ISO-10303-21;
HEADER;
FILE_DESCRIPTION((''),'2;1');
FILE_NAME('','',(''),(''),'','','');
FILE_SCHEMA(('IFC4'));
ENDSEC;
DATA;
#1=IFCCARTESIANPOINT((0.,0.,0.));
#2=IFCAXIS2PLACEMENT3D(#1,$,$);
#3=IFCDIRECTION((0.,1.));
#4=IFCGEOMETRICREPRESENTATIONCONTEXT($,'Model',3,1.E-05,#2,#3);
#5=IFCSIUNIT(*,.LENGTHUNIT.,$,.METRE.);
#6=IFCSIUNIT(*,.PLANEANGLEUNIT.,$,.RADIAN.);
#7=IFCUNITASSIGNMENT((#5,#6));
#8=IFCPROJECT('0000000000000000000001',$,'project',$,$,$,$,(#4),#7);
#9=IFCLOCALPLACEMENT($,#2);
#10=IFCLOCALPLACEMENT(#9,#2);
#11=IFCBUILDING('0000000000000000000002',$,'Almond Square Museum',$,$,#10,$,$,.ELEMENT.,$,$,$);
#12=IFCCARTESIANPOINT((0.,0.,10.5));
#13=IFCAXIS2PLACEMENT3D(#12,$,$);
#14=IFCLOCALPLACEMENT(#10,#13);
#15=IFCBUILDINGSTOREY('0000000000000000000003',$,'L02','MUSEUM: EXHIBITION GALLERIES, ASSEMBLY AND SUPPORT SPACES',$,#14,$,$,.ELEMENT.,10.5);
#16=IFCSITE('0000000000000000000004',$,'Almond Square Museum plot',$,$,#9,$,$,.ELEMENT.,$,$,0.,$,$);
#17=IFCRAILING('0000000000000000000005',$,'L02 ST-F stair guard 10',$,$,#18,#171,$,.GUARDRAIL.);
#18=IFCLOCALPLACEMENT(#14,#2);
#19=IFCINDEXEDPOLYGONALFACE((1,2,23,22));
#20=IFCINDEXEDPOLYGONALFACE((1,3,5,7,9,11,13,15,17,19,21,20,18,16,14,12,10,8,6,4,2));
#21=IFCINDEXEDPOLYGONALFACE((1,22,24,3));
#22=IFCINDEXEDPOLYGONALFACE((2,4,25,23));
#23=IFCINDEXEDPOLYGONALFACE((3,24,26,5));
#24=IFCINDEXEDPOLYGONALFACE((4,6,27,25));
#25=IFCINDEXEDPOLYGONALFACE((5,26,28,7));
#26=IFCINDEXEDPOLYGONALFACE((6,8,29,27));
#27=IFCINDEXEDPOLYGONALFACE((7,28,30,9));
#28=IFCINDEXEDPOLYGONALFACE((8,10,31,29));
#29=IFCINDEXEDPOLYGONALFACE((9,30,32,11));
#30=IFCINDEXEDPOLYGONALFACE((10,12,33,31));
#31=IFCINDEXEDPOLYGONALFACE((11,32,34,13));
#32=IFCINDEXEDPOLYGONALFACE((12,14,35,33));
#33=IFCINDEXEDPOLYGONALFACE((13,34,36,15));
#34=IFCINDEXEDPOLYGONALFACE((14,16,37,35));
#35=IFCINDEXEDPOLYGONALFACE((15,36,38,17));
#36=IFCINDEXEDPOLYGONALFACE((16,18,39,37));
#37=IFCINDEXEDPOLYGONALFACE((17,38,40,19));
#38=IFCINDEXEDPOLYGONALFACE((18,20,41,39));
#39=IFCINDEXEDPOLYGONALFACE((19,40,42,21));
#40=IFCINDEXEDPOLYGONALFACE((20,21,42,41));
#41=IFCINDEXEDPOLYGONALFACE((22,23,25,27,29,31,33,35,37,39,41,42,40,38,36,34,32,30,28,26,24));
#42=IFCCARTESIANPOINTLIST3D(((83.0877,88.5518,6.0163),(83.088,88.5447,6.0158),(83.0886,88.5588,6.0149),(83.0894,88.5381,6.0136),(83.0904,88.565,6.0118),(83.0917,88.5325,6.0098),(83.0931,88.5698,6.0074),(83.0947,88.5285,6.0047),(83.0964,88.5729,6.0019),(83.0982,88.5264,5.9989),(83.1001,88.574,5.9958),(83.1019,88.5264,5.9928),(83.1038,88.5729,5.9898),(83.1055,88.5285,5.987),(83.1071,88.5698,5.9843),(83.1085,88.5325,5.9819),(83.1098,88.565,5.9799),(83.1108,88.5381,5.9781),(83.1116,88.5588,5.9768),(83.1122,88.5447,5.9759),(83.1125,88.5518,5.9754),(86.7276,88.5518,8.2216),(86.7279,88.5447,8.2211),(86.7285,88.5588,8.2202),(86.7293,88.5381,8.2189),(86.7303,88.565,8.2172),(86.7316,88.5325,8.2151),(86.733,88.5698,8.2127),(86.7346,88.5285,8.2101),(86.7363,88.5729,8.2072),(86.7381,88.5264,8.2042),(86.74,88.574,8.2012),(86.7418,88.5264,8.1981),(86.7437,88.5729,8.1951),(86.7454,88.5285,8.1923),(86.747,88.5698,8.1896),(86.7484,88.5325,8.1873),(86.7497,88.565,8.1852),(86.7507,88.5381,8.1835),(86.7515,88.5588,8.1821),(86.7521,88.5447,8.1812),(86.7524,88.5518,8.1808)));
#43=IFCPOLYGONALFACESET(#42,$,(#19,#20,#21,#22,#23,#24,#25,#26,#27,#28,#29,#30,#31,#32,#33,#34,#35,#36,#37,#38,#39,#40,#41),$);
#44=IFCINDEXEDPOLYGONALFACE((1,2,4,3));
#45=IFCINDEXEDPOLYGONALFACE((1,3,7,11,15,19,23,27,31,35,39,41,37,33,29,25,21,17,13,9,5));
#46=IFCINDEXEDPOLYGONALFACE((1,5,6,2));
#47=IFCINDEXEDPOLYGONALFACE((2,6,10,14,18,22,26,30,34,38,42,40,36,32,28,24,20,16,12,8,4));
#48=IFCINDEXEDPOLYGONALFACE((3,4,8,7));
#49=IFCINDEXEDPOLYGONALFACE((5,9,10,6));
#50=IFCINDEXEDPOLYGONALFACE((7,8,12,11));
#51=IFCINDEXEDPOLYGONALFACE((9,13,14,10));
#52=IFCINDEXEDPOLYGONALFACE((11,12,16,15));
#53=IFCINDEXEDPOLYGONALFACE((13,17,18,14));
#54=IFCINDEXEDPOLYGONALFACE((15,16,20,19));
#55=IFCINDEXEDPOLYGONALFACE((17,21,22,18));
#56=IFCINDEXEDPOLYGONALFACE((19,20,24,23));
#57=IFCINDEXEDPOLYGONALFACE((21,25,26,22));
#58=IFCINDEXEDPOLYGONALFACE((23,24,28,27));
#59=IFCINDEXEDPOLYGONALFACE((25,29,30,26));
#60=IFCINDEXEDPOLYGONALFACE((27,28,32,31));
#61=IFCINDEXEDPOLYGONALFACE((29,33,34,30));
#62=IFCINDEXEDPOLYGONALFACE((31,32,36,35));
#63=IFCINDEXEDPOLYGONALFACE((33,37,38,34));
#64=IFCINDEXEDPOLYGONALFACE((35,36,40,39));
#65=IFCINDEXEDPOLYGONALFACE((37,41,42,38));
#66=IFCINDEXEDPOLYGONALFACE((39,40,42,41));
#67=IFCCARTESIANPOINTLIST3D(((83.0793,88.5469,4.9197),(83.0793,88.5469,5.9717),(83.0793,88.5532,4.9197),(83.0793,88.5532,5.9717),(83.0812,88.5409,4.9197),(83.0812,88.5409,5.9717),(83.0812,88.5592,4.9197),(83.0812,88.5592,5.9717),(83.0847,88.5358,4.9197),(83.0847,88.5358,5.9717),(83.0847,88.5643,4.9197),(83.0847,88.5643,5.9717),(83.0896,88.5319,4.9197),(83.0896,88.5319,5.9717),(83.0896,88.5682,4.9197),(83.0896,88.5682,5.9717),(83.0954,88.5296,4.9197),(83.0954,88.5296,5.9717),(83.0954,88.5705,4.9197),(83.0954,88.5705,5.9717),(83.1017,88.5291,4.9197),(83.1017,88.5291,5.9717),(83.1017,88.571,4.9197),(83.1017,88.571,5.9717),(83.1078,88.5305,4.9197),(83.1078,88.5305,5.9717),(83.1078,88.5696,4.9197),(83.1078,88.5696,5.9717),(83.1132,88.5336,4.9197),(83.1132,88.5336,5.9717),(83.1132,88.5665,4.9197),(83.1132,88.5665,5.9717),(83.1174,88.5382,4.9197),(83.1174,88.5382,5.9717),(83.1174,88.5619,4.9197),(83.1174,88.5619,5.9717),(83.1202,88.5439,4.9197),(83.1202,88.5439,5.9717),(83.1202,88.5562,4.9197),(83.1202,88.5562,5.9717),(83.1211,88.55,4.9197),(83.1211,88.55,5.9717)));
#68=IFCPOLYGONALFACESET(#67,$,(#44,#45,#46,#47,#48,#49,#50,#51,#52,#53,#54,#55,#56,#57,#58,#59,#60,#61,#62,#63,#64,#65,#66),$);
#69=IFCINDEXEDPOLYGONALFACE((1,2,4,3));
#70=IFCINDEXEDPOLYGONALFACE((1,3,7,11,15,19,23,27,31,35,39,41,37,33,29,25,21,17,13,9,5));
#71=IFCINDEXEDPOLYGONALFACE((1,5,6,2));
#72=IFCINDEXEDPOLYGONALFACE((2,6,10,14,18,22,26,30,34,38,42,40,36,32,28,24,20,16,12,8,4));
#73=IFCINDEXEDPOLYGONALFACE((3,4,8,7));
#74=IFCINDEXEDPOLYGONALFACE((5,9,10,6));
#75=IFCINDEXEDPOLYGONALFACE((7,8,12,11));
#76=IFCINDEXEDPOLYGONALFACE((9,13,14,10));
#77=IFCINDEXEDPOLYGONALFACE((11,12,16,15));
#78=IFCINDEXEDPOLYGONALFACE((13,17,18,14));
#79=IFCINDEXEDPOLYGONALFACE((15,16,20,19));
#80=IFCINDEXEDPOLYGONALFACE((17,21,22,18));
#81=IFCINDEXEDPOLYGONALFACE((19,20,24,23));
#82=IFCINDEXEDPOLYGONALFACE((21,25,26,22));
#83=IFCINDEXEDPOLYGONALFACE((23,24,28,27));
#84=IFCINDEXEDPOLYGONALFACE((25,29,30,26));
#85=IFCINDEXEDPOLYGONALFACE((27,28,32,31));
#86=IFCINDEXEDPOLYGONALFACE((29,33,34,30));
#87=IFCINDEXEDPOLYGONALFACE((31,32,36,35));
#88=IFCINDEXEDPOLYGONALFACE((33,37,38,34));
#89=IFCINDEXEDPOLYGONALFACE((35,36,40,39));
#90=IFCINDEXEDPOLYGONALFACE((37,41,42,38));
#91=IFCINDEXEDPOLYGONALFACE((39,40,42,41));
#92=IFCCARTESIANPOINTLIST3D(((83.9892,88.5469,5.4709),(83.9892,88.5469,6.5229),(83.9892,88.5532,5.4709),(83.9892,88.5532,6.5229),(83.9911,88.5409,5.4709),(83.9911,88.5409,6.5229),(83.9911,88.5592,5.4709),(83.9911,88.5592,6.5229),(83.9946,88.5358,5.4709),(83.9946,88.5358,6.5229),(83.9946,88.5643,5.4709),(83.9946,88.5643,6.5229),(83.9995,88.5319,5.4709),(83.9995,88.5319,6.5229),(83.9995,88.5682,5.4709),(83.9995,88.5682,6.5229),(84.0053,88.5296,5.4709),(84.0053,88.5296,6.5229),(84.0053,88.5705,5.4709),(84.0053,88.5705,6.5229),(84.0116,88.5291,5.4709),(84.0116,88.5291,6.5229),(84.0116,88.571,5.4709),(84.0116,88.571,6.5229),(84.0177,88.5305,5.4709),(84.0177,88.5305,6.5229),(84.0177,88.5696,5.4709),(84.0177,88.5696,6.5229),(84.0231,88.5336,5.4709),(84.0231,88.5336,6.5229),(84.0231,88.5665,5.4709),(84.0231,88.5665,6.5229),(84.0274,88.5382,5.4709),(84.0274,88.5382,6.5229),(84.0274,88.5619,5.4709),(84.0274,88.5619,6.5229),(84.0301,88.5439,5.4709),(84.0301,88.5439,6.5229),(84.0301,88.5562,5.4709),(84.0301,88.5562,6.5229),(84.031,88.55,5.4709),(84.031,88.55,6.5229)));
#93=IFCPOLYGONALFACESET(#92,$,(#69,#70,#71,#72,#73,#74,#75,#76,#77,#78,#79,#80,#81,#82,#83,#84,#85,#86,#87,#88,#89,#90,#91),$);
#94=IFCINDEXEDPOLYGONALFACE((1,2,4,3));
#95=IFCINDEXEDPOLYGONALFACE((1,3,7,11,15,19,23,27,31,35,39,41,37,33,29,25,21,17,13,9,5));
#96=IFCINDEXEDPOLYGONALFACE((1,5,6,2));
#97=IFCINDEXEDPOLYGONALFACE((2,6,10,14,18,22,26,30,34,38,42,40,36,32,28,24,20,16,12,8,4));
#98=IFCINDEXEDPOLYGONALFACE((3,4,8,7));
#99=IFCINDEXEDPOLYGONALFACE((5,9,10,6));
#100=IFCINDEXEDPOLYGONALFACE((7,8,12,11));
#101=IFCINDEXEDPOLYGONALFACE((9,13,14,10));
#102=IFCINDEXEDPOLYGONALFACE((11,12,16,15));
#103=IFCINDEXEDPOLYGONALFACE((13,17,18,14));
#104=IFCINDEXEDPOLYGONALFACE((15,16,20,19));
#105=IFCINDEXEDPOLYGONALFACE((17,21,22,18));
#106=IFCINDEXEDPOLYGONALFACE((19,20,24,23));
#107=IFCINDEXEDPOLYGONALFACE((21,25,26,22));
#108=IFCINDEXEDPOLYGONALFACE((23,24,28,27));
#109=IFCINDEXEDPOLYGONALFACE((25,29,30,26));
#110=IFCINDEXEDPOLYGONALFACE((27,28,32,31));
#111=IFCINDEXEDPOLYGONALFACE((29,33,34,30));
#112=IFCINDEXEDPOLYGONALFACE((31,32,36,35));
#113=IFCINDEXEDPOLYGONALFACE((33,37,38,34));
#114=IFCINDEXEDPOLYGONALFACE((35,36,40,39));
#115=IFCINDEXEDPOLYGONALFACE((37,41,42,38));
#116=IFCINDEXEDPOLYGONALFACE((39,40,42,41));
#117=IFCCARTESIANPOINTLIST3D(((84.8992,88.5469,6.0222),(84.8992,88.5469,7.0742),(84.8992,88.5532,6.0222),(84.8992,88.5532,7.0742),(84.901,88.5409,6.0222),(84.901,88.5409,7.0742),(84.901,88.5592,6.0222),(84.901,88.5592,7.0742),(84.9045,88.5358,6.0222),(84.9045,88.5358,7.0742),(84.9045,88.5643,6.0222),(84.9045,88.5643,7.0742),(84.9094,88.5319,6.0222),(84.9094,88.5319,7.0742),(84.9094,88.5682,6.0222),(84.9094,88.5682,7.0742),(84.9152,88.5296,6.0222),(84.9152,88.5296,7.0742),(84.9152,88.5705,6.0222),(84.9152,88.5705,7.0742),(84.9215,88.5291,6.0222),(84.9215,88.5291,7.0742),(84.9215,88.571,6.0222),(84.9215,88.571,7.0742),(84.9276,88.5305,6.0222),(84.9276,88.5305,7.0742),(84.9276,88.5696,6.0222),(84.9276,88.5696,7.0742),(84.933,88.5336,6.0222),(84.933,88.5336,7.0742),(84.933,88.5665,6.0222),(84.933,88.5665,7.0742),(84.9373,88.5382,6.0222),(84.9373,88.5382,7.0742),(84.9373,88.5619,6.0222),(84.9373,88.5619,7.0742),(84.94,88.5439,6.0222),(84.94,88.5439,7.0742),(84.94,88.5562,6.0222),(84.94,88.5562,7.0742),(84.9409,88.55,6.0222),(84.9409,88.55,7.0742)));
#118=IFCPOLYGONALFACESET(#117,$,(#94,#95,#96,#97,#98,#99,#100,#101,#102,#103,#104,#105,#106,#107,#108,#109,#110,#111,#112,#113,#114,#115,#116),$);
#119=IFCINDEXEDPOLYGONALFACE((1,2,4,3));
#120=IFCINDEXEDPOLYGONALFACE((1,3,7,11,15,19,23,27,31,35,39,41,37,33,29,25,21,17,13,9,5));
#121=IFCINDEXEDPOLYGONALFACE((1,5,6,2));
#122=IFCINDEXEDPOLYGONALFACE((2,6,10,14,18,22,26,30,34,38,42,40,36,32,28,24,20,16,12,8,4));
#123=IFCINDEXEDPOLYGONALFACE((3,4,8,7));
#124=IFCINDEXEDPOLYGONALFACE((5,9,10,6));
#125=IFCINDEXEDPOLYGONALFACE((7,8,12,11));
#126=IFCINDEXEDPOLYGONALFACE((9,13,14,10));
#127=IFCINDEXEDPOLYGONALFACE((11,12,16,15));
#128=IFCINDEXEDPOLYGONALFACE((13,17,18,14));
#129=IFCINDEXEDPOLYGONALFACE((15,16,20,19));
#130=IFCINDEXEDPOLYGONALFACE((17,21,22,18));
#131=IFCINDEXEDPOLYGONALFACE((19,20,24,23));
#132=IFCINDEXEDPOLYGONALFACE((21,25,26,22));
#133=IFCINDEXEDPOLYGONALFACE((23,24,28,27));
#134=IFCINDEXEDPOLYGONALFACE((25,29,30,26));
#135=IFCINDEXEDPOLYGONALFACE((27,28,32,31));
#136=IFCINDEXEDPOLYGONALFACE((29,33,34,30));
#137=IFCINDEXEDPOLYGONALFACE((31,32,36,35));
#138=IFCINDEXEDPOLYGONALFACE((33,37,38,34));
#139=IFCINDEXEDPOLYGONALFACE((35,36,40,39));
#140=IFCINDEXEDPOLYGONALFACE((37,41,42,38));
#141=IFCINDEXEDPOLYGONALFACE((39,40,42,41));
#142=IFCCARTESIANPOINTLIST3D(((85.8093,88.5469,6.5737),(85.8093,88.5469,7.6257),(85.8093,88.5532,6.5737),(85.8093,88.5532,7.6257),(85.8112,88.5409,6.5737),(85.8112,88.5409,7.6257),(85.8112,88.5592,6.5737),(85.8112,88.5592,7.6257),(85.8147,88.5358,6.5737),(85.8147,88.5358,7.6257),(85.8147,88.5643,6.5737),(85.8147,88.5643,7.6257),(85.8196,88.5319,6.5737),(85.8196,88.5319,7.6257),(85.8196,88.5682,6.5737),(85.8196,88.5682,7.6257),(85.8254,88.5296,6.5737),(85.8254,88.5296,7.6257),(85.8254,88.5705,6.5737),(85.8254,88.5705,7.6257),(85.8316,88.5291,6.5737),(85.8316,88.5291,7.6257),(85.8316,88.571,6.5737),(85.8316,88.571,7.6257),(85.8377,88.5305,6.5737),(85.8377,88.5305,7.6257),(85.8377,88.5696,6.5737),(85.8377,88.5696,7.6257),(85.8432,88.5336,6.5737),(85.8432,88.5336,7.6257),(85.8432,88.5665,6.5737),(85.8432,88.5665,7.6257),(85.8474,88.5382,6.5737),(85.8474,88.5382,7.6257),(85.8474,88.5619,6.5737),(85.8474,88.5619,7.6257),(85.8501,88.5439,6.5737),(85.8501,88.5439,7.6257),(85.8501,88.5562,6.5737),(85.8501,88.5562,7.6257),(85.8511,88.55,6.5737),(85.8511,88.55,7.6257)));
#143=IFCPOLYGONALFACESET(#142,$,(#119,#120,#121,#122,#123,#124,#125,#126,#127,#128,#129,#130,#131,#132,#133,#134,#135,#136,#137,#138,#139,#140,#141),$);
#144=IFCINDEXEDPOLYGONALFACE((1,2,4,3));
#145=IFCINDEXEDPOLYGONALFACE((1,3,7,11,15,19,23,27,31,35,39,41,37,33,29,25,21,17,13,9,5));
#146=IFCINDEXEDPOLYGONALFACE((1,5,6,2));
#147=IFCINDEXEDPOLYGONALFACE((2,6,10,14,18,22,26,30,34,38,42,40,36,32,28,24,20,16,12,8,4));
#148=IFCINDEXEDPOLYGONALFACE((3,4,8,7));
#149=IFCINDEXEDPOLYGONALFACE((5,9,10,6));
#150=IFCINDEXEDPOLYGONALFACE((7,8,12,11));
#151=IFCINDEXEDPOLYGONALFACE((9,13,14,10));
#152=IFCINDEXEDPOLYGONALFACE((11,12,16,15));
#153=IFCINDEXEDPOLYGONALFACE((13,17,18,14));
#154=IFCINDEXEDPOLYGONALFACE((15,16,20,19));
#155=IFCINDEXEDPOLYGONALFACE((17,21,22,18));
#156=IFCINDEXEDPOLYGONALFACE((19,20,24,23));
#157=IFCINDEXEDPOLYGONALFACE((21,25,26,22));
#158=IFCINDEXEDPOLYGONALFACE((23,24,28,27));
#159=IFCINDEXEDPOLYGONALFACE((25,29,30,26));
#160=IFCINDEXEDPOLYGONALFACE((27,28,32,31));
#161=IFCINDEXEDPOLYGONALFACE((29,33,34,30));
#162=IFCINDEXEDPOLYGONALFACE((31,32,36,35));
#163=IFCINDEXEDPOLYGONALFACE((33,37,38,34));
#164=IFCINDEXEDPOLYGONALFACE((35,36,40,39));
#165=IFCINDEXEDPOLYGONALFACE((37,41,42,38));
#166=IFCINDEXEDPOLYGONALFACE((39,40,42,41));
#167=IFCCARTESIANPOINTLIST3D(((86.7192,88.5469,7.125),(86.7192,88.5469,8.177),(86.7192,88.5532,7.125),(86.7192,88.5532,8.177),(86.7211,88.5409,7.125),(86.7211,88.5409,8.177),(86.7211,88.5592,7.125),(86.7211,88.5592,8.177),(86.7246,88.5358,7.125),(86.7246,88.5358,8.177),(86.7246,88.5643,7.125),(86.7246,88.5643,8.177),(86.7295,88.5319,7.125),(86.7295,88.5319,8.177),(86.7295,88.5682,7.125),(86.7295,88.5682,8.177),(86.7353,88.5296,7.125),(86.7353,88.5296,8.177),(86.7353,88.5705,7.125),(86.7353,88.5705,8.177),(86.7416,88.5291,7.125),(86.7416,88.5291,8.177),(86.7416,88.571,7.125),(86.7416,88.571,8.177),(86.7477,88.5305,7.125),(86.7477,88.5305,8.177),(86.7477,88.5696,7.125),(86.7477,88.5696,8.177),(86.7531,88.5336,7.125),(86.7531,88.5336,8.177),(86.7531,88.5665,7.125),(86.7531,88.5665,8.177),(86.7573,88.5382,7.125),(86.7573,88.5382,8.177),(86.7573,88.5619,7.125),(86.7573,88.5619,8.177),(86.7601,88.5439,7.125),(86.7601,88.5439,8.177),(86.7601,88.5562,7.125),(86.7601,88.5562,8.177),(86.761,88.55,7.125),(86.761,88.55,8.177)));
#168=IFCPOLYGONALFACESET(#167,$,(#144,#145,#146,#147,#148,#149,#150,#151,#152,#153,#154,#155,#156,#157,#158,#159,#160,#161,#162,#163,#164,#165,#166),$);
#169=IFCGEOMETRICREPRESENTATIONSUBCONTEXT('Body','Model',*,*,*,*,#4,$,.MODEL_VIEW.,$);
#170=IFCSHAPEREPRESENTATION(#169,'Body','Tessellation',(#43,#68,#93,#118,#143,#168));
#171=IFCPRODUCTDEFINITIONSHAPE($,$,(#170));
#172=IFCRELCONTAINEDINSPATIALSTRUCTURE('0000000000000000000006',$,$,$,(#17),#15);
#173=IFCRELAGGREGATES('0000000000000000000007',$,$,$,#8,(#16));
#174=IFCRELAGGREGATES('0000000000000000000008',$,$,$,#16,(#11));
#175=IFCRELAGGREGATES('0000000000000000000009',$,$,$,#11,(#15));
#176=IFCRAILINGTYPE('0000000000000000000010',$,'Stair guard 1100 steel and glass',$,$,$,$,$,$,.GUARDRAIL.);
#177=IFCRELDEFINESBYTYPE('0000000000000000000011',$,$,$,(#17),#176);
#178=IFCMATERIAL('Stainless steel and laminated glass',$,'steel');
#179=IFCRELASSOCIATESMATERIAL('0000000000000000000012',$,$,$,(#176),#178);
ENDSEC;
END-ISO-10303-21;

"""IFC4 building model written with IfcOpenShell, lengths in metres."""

from ifc_helpers import new_model, si_unit, direction, frame, origin, origin_2d, place, context, subcontext, project, spatial, circle, extrude, material, type_object, element, save


model = new_model("IFC4")

# Units and contexts
model_context = context("Model", 3, precision=1e-05, world=origin(), true_north=direction((0.0, 1.0)))
body_context = subcontext(model_context, "Body", "Model", "MODEL_VIEW")
ifc_project = project(units=[si_unit("LENGTHUNIT", "METRE"), si_unit("PLANEANGLEUNIT", "RADIAN")], contexts=[model_context])

# Site, building, storey
site_placement = place(None, origin())
site = spatial("IfcSite", under=ifc_project, at=site_placement, Name="Almond Square Museum plot", CompositionType="ELEMENT", RefElevation=0.0)
building_placement = place(site_placement, origin())
building = spatial("IfcBuilding", under=site, at=building_placement, Name="Almond Square Museum", CompositionType="ELEMENT")
storey_placement = place(building_placement, frame((0.0, 0.0, 10.5)))
storey = spatial("IfcBuildingStorey", under=building, at=storey_placement, Name="L02", Description="MUSEUM: EXHIBITION GALLERIES, ASSEMBLY AND SUPPORT SPACES", CompositionType="ELEMENT", Elevation=10.5)

# Railing
ifc_material_1 = material(Name="Stainless steel and laminated glass", Category="steel")
railing_type_1 = type_object("IfcRailingType", Name="Stair guard 1100 steel and glass", PredefinedType="GUARDRAIL", material=ifc_material_1)
railing_1_placement = place(storey_placement, frame((83.1001, 88.55, 4.9197)))
element("IfcRailing", 1, at=railing_1_placement, inside=storey, type_object=railing_type_1, Name="L02 ST-F stair guard 10", PredefinedType="GUARDRAIL", context=body_context, shape_type="SweptSolid", body=[
    extrude(circle(Radius=0.0239, at=origin_2d()), frame((0.0, 0.0, 1.0762), z_axis=(0.855268, 0.0, 0.518186), x_axis=(0.0, 1.0, 0.0)), (0.0, 0.0, 1.0), 4.2559),
    extrude(circle(Radius=0.021, at=origin_2d()), origin(), (0.0, 0.0, 1.0), 1.052),
    extrude(circle(Radius=0.021, at=origin_2d()), frame((0.9099, 0.0, 0.5513)), (0.0, 0.0, 1.0), 1.052),
    extrude(circle(Radius=0.021, at=origin_2d()), frame((1.8198, 0.0, 1.1025)), (0.0, 0.0, 1.0), 1.052),
    extrude(circle(Radius=0.021, at=origin_2d()), frame((2.73, 0.0, 1.6541)), (0.0, 0.0, 1.0), 1.052),
    extrude(circle(Radius=0.021, at=origin_2d()), frame((3.6399, 0.0, 2.2053)), (0.0, 0.0, 1.0), 1.052),
])

save(model, "model.ifc")
